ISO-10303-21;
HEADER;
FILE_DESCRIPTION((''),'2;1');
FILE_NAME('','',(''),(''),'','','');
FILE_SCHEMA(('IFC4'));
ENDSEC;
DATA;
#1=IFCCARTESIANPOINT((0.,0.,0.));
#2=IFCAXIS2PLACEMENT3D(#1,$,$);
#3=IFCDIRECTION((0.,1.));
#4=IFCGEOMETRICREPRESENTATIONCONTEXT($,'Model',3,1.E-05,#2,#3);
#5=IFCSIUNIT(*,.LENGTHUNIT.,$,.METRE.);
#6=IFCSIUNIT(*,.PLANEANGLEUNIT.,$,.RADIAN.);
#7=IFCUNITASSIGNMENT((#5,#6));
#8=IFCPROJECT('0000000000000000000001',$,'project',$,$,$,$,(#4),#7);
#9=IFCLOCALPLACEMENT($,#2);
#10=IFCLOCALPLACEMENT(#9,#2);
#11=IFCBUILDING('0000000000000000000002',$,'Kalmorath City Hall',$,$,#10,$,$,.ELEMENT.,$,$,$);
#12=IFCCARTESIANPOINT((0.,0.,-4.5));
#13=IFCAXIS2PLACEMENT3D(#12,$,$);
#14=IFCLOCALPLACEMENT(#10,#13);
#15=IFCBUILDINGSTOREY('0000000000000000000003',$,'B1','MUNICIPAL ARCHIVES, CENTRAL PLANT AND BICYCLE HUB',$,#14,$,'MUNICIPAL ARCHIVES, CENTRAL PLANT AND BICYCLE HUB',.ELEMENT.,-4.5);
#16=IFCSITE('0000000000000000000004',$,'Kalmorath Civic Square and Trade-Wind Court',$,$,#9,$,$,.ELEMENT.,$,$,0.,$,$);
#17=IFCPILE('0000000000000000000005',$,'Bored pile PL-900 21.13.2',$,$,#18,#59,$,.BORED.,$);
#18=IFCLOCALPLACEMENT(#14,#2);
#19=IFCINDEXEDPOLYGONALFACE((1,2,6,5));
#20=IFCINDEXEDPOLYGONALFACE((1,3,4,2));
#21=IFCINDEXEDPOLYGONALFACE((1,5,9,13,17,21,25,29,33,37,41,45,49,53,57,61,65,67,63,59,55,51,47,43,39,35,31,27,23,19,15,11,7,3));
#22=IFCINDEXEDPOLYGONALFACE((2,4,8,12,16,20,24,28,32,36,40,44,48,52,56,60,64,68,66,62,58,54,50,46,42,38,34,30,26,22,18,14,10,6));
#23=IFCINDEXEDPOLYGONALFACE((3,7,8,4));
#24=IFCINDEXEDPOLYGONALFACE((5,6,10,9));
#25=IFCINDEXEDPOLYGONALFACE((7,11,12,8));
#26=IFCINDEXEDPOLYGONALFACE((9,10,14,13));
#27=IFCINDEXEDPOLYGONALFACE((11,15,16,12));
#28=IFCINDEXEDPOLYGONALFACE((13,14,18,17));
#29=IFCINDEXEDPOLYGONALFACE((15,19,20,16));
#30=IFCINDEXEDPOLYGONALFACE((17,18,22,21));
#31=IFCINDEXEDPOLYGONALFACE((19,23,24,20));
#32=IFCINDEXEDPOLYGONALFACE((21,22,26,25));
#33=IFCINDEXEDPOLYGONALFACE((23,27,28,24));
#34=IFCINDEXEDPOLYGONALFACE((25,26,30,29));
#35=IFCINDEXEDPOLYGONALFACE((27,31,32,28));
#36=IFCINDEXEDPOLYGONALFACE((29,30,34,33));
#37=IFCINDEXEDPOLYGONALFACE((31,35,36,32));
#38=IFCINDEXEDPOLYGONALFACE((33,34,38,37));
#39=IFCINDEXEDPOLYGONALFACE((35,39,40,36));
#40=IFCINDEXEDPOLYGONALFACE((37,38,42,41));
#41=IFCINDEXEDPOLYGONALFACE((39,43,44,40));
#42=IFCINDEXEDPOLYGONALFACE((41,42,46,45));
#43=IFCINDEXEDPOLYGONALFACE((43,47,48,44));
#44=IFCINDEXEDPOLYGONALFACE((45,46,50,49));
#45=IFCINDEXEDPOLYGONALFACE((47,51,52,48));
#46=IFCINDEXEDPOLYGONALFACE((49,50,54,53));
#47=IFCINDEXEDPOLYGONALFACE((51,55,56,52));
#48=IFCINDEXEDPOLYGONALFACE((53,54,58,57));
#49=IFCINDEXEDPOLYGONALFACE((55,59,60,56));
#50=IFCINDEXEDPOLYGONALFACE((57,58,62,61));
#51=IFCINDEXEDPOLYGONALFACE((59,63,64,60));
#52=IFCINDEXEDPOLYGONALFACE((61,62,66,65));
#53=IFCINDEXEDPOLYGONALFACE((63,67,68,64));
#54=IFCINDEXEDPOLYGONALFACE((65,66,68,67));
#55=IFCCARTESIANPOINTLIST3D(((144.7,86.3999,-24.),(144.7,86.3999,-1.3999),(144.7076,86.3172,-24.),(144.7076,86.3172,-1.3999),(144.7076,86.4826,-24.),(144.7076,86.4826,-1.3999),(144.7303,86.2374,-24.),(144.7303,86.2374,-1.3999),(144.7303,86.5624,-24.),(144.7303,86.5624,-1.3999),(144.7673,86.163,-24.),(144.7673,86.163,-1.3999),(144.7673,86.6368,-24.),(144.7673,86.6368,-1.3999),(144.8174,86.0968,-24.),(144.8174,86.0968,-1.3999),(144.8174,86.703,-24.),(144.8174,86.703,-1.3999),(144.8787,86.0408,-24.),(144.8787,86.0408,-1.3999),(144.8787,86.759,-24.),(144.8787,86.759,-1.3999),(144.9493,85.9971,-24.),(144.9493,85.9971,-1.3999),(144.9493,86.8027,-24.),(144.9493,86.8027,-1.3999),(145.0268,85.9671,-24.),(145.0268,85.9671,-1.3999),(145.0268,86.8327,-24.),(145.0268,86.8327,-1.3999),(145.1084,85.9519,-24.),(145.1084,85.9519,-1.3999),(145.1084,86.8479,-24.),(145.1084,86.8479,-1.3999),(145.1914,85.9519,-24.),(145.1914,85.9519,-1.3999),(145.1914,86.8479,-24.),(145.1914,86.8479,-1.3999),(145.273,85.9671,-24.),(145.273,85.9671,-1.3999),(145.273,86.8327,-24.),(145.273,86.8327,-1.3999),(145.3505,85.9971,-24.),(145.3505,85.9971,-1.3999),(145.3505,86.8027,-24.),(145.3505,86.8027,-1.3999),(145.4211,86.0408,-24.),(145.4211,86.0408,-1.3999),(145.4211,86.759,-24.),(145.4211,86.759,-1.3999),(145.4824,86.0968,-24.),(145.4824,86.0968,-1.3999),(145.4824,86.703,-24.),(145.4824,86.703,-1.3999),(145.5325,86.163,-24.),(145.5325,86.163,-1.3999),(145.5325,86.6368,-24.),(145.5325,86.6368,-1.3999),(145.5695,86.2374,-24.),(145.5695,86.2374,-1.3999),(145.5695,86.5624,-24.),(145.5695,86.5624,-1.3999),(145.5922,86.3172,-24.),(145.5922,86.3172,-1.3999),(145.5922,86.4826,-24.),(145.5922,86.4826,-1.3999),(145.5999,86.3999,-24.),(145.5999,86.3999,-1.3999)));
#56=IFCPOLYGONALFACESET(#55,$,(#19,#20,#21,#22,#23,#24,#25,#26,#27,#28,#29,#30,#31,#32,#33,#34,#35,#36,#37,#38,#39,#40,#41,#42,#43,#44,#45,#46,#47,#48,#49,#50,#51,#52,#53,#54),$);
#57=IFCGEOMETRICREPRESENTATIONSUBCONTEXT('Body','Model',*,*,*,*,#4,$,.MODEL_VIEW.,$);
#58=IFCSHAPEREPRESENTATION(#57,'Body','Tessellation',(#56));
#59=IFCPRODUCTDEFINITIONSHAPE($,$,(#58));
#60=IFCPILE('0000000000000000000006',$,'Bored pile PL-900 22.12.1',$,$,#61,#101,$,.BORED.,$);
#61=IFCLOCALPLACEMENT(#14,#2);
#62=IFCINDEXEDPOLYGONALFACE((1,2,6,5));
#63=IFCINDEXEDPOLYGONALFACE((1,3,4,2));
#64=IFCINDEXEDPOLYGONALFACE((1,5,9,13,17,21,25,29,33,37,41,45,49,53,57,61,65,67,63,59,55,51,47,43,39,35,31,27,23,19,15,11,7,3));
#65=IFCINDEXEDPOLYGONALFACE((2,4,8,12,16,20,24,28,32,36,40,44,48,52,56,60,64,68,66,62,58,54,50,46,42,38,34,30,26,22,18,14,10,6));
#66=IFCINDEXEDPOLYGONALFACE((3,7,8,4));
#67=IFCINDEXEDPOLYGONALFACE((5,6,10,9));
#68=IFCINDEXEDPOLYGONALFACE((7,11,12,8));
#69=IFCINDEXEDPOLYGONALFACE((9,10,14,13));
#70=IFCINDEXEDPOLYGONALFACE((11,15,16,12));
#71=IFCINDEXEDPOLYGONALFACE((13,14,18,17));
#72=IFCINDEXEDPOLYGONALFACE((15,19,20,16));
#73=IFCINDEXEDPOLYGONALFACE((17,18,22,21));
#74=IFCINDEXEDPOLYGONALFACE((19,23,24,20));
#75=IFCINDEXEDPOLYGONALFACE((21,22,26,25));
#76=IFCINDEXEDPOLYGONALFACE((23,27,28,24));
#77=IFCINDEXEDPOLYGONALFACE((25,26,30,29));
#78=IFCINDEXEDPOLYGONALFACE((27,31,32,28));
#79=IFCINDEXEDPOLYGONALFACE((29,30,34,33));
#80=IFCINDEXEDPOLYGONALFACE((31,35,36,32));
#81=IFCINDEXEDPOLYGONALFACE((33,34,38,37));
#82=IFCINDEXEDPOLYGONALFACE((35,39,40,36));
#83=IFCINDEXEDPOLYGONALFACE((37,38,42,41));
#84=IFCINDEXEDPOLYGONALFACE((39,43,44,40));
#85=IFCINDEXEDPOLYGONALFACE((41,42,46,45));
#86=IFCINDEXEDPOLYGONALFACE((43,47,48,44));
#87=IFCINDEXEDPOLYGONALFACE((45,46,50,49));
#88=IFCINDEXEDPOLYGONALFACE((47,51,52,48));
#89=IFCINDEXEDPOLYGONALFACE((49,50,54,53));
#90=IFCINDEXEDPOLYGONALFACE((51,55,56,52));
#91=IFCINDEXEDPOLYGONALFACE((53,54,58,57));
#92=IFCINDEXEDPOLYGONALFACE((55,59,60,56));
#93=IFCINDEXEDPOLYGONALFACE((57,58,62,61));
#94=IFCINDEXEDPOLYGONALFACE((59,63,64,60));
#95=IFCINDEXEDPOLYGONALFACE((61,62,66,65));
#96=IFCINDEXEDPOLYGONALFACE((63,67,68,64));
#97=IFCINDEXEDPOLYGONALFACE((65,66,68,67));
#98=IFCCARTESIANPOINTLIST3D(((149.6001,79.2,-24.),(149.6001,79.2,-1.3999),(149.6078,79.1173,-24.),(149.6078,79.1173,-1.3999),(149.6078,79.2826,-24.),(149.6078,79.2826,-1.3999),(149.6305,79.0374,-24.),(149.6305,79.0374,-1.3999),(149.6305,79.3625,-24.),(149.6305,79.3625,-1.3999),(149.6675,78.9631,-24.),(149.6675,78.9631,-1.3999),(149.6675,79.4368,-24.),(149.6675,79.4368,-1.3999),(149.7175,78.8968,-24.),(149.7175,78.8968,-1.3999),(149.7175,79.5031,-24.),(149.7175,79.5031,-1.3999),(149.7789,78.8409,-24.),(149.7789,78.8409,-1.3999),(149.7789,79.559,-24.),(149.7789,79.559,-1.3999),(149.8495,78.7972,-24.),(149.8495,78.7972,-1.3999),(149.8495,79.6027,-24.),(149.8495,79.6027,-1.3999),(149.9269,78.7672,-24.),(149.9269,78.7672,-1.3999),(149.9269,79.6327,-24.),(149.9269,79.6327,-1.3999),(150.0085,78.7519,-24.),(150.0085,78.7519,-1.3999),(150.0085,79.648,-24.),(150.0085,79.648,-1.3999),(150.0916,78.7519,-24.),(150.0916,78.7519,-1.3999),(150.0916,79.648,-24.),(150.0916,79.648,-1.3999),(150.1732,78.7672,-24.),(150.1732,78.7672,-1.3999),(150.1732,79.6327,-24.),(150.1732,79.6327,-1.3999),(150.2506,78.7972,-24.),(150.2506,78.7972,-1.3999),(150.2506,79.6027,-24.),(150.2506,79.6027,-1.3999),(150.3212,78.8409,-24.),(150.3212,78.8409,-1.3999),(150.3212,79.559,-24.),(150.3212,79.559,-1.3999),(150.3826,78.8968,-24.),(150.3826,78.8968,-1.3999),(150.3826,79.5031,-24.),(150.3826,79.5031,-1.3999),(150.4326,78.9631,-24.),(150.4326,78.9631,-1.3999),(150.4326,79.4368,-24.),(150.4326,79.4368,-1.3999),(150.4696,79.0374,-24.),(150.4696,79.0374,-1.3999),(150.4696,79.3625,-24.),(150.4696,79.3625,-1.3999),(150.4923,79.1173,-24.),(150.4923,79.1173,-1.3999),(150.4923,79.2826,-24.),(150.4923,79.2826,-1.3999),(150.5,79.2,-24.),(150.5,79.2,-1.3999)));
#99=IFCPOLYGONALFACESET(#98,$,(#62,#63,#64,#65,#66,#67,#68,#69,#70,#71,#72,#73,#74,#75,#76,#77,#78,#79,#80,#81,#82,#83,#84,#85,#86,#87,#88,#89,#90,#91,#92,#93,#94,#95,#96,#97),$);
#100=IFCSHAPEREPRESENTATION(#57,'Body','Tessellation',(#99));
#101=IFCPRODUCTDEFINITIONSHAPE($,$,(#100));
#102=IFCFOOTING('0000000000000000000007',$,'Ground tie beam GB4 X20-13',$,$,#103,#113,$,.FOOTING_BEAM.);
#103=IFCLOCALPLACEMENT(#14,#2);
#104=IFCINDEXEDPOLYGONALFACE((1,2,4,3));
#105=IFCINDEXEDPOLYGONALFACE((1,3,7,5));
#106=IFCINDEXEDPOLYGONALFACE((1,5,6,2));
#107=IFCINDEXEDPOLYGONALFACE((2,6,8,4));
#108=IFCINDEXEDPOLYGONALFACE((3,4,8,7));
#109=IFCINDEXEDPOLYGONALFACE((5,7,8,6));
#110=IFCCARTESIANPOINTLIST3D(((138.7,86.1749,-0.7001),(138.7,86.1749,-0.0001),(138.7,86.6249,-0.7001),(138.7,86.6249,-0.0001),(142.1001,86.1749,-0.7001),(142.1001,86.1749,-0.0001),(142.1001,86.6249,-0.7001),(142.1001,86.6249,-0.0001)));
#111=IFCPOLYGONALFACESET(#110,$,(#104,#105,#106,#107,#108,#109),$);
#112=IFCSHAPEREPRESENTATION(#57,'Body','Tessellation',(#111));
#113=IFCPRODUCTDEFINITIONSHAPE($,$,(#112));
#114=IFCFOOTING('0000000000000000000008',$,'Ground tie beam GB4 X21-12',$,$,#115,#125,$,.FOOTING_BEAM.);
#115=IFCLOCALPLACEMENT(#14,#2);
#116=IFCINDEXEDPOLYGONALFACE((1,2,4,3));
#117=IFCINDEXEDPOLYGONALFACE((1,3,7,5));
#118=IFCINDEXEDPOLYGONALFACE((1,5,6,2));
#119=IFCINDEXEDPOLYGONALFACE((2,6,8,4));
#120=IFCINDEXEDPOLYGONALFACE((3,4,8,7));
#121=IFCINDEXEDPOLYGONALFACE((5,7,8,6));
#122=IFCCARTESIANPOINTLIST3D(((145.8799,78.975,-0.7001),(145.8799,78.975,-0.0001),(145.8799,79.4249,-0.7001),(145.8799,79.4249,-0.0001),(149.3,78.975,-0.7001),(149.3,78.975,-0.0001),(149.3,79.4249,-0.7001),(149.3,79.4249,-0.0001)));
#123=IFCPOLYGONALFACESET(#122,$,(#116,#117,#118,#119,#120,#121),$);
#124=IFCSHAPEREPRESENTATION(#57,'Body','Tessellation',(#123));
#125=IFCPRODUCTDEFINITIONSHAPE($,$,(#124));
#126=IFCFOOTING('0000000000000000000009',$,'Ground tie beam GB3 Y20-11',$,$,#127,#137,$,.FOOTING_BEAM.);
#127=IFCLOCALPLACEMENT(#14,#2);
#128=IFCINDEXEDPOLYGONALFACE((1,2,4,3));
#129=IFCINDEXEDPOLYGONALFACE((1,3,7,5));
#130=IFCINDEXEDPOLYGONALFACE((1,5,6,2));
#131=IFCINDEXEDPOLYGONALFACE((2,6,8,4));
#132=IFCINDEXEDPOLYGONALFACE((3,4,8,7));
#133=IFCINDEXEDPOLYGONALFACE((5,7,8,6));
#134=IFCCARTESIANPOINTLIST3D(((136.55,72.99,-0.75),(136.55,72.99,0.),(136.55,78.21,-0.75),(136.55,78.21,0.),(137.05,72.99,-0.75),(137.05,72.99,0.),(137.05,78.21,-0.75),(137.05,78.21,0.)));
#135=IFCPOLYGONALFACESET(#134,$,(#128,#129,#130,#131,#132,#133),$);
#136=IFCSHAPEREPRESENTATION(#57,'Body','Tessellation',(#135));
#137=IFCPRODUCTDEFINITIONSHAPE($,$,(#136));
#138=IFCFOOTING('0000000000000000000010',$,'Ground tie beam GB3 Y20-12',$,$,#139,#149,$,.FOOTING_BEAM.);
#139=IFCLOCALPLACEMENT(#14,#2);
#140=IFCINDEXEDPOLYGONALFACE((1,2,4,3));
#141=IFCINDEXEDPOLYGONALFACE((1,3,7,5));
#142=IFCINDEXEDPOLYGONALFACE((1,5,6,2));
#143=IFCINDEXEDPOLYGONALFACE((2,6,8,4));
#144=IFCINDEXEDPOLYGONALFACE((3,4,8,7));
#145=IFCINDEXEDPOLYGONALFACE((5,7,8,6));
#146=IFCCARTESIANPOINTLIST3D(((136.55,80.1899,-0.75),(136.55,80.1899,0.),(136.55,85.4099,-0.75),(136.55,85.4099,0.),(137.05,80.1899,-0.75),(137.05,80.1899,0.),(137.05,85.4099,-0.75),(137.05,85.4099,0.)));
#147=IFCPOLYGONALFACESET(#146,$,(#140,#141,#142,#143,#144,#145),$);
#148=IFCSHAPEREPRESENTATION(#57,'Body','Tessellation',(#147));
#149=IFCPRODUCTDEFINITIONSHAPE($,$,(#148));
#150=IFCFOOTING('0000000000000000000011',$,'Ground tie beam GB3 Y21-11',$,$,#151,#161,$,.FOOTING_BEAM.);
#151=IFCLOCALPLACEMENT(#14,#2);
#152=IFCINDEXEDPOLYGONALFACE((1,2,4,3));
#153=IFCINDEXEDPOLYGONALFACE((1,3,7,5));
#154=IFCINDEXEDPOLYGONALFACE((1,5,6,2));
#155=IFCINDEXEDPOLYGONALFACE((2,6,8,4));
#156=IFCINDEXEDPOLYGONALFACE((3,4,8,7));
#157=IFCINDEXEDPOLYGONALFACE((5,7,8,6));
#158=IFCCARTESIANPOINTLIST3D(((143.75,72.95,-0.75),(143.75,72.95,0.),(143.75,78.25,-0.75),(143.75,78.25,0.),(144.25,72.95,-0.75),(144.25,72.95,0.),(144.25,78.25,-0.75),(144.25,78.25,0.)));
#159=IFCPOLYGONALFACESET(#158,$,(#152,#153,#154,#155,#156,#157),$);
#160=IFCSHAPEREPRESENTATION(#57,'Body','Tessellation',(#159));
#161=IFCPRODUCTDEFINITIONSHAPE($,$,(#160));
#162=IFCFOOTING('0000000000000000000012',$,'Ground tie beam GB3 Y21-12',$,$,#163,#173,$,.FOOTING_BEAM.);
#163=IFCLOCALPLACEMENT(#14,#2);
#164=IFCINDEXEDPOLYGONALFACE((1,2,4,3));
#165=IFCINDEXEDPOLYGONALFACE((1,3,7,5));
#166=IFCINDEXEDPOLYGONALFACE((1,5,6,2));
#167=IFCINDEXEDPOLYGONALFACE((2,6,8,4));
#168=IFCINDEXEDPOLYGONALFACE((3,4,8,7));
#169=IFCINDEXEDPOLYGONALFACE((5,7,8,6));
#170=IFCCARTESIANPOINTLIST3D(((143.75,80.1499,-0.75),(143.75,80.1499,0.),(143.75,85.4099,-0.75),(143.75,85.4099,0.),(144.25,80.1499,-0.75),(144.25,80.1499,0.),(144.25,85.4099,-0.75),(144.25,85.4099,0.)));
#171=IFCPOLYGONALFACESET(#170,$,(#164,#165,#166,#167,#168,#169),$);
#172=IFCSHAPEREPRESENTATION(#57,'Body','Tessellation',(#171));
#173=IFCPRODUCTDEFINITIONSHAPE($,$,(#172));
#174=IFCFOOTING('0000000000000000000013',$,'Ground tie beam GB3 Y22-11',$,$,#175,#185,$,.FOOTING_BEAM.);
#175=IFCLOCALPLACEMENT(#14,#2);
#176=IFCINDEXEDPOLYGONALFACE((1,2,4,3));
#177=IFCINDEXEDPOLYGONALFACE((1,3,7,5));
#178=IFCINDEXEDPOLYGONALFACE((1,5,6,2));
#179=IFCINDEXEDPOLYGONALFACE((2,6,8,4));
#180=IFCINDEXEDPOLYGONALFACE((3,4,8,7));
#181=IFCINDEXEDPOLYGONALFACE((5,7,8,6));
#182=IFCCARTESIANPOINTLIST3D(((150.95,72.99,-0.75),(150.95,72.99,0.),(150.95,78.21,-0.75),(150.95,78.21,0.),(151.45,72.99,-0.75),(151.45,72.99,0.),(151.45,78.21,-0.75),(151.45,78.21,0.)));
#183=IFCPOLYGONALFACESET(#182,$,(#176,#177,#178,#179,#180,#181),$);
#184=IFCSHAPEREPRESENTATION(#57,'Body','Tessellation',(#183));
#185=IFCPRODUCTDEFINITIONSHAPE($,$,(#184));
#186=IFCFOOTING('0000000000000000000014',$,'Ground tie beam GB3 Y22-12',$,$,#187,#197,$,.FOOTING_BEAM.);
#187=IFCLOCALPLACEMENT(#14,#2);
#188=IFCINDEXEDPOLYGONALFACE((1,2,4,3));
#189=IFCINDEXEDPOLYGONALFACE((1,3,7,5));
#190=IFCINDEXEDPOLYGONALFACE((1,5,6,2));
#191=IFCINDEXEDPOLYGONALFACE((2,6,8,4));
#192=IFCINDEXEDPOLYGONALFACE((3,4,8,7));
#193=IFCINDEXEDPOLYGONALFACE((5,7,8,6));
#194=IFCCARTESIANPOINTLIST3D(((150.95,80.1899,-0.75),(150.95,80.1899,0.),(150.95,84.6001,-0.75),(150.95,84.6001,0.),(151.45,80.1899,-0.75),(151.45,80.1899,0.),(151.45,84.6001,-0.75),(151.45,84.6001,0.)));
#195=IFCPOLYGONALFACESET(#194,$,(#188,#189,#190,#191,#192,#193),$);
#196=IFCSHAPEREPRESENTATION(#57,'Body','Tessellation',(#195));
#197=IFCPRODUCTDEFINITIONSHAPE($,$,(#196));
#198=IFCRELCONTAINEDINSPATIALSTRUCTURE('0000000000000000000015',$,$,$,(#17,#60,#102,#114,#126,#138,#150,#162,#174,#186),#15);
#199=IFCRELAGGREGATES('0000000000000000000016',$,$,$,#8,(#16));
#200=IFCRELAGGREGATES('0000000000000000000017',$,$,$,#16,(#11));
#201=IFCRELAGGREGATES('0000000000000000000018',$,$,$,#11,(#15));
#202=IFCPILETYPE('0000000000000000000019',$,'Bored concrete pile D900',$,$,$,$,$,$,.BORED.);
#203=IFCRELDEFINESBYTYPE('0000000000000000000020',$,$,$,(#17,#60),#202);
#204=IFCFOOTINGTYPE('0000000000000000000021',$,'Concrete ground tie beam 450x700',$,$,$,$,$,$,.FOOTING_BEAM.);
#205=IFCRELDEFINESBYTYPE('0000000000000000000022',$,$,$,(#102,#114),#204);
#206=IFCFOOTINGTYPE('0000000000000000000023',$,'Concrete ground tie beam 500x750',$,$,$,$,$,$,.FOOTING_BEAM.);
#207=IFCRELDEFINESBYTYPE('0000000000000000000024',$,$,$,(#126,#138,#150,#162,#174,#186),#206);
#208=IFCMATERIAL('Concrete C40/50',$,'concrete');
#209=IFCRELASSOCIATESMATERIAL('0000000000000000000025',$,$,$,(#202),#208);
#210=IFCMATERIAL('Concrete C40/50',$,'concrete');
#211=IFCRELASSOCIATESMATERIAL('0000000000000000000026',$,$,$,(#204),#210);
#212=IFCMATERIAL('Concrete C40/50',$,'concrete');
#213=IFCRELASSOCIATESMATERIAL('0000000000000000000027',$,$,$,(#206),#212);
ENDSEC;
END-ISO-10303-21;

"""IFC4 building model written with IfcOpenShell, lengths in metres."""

from ifc_helpers import new_model, si_unit, direction, frame, origin, origin_2d, place, context, subcontext, project, spatial, rectangle, circle, extrude, material, material_profile, profile_set, type_object, element, save


model = new_model("IFC4")

# Units and contexts
model_context = context("Model", 3, precision=1e-05, world=origin(), true_north=direction((0.0, 1.0)))
body_context = subcontext(model_context, "Body", "Model", "MODEL_VIEW")
ifc_project = project(units=[si_unit("LENGTHUNIT", "METRE"), si_unit("PLANEANGLEUNIT", "RADIAN")], contexts=[model_context])

# Site, building, storey
site_placement = place(None, origin())
site = spatial("IfcSite", under=ifc_project, at=site_placement, Name="Kalmorath Civic Square and Trade-Wind Court", CompositionType="ELEMENT", RefElevation=0.0)
building_placement = place(site_placement, origin())
building = spatial("IfcBuilding", under=site, at=building_placement, Name="Kalmorath City Hall", CompositionType="ELEMENT")
storey_placement = place(building_placement, frame((0.0, 0.0, -4.5)))
storey = spatial("IfcBuildingStorey", under=building, at=storey_placement, Name="B1", Description="MUNICIPAL ARCHIVES, CENTRAL PLANT AND BICYCLE HUB", LongName="MUNICIPAL ARCHIVES, CENTRAL PLANT AND BICYCLE HUB", CompositionType="ELEMENT", Elevation=-4.5)

# Piles
ifc_material_1 = material(Name="Concrete C40/50", Category="concrete")
ifc_material_profile_1 = material_profile(ifc_material_1, circle(Radius=0.45, at=origin_2d()), Name="PILE-D900")
ifc_profile_set_1 = profile_set([ifc_material_profile_1], Name="Concrete C40/50")
pile_type_1 = type_object("IfcPileType", Name="Bored concrete pile D900", PredefinedType="BORED", material=ifc_profile_set_1)
for number, where, z_axis, x_axis, name in (
    (1, (145.1499, 86.3999, -1.3999), (0.0, 0.0, -1.0), (1.0, 0.0, 0.0), "Bored pile PL-900 21.13.2"),
    (2, (150.05, 79.2, -1.3999), (0.0, 0.0, -1.0), (1.0, 0.0, 0.0), "Bored pile PL-900 22.12.1"),
):
    element("IfcPile", number, at=place(storey_placement, frame(where, z_axis=z_axis, x_axis=x_axis)), inside=storey, type_object=pile_type_1, Name=name, PredefinedType="BORED", context=body_context, shape_type="SweptSolid", body=[
        extrude(circle(Radius=0.45, at=origin_2d()), origin(), (0.0, 0.0, 1.0), 22.6001),
    ])

# Footings
ifc_material_2 = material(Name="Concrete C40/50", Category="concrete")
ifc_material_profile_2 = material_profile(ifc_material_2, rectangle(XDim=0.45, YDim=0.7, at=origin_2d()), Name="RC-BM-450X700")
ifc_profile_set_2 = profile_set([ifc_material_profile_2], Name="Concrete C40/50")
footing_type_1 = type_object("IfcFootingType", Name="Concrete ground tie beam 450x700", PredefinedType="FOOTING_BEAM", material=ifc_profile_set_2)
footing_1_placement = place(storey_placement, frame((138.7, 86.3999, -0.3501), z_axis=(1.0, 0.0, 0.0), x_axis=(0.0, 1.0, 0.0)))
element("IfcFooting", 3, at=footing_1_placement, inside=storey, type_object=footing_type_1, Name="Ground tie beam GB4 X20-13", PredefinedType="FOOTING_BEAM", context=body_context, shape_type="SweptSolid", body=[
    extrude(rectangle(XDim=0.45, YDim=0.7, at=origin_2d()), origin(), (0.0, 0.0, 1.0), 3.4001),
])
footing_2_placement = place(storey_placement, frame((145.8799, 79.2, -0.3501), z_axis=(1.0, 0.0, 0.0), x_axis=(0.0, 1.0, 0.0)))
element("IfcFooting", 4, at=footing_2_placement, inside=storey, type_object=footing_type_1, Name="Ground tie beam GB4 X21-12", PredefinedType="FOOTING_BEAM", context=body_context, shape_type="SweptSolid", body=[
    extrude(rectangle(XDim=0.45, YDim=0.7, at=origin_2d()), origin(), (0.0, 0.0, 1.0), 3.4202),
])
ifc_material_3 = material(Name="Concrete C40/50", Category="concrete")
ifc_material_profile_3 = material_profile(ifc_material_3, rectangle(XDim=0.5, YDim=0.75, at=origin_2d()), Name="RC-BM-500X750")
ifc_profile_set_3 = profile_set([ifc_material_profile_3], Name="Concrete C40/50")
footing_type_2 = type_object("IfcFootingType", Name="Concrete ground tie beam 500x750", PredefinedType="FOOTING_BEAM", material=ifc_profile_set_3)
for number, where, z_axis, x_axis, name in (
    (5, (136.8, 72.99, -0.375), (0.0, 1.0, 0.0), (-1.0, 0.0, 0.0), "Ground tie beam GB3 Y20-11"),
    (6, (136.8, 80.1899, -0.375), (0.0, 1.0, 0.0), (-1.0, 0.0, 0.0), "Ground tie beam GB3 Y20-12"),
):
    element("IfcFooting", number, at=place(storey_placement, frame(where, z_axis=z_axis, x_axis=x_axis)), inside=storey, type_object=footing_type_2, Name=name, PredefinedType="FOOTING_BEAM", context=body_context, shape_type="SweptSolid", body=[
        extrude(rectangle(XDim=0.5, YDim=0.75, at=origin_2d()), origin(), (0.0, 0.0, 1.0), 5.22),
    ])
footing_3_placement = place(storey_placement, frame((144.0, 72.95, -0.375), z_axis=(0.0, 1.0, 0.0), x_axis=(-1.0, 0.0, 0.0)))
element("IfcFooting", 7, at=footing_3_placement, inside=storey, type_object=footing_type_2, Name="Ground tie beam GB3 Y21-11", PredefinedType="FOOTING_BEAM", context=body_context, shape_type="SweptSolid", body=[
    extrude(rectangle(XDim=0.5, YDim=0.75, at=origin_2d()), origin(), (0.0, 0.0, 1.0), 5.3),
])
footing_4_placement = place(storey_placement, frame((144.0, 80.1499, -0.375), z_axis=(0.0, 1.0, 0.0), x_axis=(-1.0, 0.0, 0.0)))
element("IfcFooting", 8, at=footing_4_placement, inside=storey, type_object=footing_type_2, Name="Ground tie beam GB3 Y21-12", PredefinedType="FOOTING_BEAM", context=body_context, shape_type="SweptSolid", body=[
    extrude(rectangle(XDim=0.5, YDim=0.75, at=origin_2d()), origin(), (0.0, 0.0, 1.0), 5.26),
])
footing_5_placement = place(storey_placement, frame((151.2, 72.99, -0.375), z_axis=(0.0, 1.0, 0.0), x_axis=(-1.0, 0.0, 0.0)))
element("IfcFooting", 9, at=footing_5_placement, inside=storey, type_object=footing_type_2, Name="Ground tie beam GB3 Y22-11", PredefinedType="FOOTING_BEAM", context=body_context, shape_type="SweptSolid", body=[
    extrude(rectangle(XDim=0.5, YDim=0.75, at=origin_2d()), origin(), (0.0, 0.0, 1.0), 5.22),
])
footing_6_placement = place(storey_placement, frame((151.2, 80.1899, -0.375), z_axis=(0.0, 1.0, 0.0), x_axis=(-1.0, 0.0, 0.0)))
element("IfcFooting", 10, at=footing_6_placement, inside=storey, type_object=footing_type_2, Name="Ground tie beam GB3 Y22-12", PredefinedType="FOOTING_BEAM", context=body_context, shape_type="SweptSolid", body=[
    extrude(rectangle(XDim=0.5, YDim=0.75, at=origin_2d()), origin(), (0.0, 0.0, 1.0), 4.4102),
])

save(model, "model.ifc")
